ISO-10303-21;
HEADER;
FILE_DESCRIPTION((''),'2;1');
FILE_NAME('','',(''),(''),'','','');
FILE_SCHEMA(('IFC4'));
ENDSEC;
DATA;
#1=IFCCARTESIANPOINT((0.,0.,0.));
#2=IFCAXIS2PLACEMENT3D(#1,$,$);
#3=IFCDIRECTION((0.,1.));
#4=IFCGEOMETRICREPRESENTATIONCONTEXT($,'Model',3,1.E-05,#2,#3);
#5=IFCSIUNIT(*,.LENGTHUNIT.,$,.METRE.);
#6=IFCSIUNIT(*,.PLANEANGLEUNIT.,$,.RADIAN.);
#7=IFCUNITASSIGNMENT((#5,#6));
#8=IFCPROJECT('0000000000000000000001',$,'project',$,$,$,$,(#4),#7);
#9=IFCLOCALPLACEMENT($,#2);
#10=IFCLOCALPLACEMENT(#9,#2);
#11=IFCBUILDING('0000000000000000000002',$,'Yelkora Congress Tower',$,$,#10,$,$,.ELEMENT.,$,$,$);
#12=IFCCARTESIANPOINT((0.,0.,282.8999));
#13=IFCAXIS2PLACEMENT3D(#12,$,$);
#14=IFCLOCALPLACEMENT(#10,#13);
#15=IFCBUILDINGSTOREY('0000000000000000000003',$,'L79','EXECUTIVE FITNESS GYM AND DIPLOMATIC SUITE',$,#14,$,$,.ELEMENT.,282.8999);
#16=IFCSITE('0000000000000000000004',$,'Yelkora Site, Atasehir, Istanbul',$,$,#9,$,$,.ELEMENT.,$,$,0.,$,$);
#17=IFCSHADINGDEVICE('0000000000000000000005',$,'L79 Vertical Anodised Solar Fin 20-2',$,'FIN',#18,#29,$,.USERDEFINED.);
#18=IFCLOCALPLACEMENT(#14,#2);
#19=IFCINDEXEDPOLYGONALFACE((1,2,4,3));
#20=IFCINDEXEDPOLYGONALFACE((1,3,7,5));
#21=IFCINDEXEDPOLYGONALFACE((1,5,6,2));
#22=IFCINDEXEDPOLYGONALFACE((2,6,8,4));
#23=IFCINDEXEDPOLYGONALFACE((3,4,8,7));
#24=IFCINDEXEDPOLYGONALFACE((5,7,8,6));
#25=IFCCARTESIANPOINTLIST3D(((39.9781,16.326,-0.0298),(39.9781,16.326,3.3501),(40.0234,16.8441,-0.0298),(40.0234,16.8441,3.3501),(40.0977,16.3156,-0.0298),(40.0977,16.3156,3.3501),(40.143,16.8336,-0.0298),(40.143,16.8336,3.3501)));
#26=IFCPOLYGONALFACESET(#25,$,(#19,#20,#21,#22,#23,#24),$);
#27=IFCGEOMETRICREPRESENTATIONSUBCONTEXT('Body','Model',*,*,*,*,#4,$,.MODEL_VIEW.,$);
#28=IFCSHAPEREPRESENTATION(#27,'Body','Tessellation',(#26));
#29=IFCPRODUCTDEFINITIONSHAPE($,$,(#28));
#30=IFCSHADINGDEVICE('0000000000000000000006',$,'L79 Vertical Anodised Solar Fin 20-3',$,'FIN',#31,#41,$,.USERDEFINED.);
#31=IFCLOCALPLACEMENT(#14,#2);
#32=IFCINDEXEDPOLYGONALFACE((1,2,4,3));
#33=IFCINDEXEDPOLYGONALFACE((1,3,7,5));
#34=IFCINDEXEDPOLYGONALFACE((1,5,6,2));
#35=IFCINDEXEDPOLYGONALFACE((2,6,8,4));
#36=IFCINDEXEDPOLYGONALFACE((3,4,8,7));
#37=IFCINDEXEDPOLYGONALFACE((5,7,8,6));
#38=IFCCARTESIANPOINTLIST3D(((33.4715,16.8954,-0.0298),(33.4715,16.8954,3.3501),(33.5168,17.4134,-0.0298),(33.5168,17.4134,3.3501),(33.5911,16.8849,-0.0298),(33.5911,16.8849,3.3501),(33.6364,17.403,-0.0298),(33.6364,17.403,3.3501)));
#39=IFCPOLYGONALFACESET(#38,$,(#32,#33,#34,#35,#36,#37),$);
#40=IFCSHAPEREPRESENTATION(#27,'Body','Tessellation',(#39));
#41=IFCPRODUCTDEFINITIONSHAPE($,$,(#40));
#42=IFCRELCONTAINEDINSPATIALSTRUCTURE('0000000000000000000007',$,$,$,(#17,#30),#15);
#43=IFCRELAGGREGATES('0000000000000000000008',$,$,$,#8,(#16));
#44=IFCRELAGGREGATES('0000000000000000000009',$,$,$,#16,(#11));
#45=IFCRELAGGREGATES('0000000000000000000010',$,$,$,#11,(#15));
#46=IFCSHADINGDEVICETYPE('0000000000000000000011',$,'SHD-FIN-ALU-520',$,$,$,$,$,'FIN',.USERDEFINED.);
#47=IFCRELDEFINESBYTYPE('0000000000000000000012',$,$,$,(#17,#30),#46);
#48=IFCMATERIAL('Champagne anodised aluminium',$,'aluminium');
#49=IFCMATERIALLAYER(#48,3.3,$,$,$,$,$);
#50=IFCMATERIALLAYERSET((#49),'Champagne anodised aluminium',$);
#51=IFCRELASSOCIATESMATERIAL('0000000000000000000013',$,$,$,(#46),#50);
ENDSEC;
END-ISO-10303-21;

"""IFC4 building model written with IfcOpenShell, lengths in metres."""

from ifc_helpers import new_model, si_unit, direction, frame, origin, origin_2d, place, context, subcontext, project, spatial, rectangle, extrude, material, layer, layer_set, type_object, element, save


model = new_model("IFC4")

# Units and contexts
model_context = context("Model", 3, precision=1e-05, world=origin(), true_north=direction((0.0, 1.0)))
body_context = subcontext(model_context, "Body", "Model", "MODEL_VIEW")
ifc_project = project(units=[si_unit("LENGTHUNIT", "METRE"), si_unit("PLANEANGLEUNIT", "RADIAN")], contexts=[model_context])

# Site, building, storey
site_placement = place(None, origin())
site = spatial("IfcSite", under=ifc_project, at=site_placement, Name="Yelkora Site, Atasehir, Istanbul", CompositionType="ELEMENT", RefElevation=0.0)
building_placement = place(site_placement, origin())
building = spatial("IfcBuilding", under=site, at=building_placement, Name="Yelkora Congress Tower", CompositionType="ELEMENT")
storey_placement = place(building_placement, frame((0.0, 0.0, 282.8999)))
storey = spatial("IfcBuildingStorey", under=building, at=storey_placement, Name="L79", Description="EXECUTIVE FITNESS GYM AND DIPLOMATIC SUITE", CompositionType="ELEMENT", Elevation=282.8999)

# Shading devices
ifc_material_1 = material(Name="Champagne anodised aluminium", Category="aluminium")
ifc_layer_1 = layer(ifc_material_1, 3.3)
ifc_layer_set_1 = layer_set([ifc_layer_1], Name="Champagne anodised aluminium")
shading_device_type = type_object("IfcShadingDeviceType", Name="SHD-FIN-ALU-520", ElementType="FIN", PredefinedType="USERDEFINED", material=ifc_layer_set_1)
for number, where, z_axis, x_axis, name in (
    (1, (40.0605, 16.5798, -0.0298), (0.0, 0.0, 1.0), (-0.996195, 0.087156, 0.0), "L79 Vertical Anodised Solar Fin 20-2"),
    (2, (33.554, 17.1492, -0.0298), (0.0, 0.0, 1.0), (-0.996195, 0.087156, 0.0), "L79 Vertical Anodised Solar Fin 20-3"),
):
    element("IfcShadingDevice", number, at=place(storey_placement, frame(where, z_axis=z_axis, x_axis=x_axis)), inside=storey, type_object=shading_device_type, Name=name, ObjectType="FIN", PredefinedType="USERDEFINED", context=body_context, shape_type="SweptSolid", body=[
        extrude(rectangle(XDim=0.1201, YDim=0.52, at=origin_2d()), origin(), (0.0, 0.0, 1.0), 3.3799),
    ])

save(model, "model.ifc")
